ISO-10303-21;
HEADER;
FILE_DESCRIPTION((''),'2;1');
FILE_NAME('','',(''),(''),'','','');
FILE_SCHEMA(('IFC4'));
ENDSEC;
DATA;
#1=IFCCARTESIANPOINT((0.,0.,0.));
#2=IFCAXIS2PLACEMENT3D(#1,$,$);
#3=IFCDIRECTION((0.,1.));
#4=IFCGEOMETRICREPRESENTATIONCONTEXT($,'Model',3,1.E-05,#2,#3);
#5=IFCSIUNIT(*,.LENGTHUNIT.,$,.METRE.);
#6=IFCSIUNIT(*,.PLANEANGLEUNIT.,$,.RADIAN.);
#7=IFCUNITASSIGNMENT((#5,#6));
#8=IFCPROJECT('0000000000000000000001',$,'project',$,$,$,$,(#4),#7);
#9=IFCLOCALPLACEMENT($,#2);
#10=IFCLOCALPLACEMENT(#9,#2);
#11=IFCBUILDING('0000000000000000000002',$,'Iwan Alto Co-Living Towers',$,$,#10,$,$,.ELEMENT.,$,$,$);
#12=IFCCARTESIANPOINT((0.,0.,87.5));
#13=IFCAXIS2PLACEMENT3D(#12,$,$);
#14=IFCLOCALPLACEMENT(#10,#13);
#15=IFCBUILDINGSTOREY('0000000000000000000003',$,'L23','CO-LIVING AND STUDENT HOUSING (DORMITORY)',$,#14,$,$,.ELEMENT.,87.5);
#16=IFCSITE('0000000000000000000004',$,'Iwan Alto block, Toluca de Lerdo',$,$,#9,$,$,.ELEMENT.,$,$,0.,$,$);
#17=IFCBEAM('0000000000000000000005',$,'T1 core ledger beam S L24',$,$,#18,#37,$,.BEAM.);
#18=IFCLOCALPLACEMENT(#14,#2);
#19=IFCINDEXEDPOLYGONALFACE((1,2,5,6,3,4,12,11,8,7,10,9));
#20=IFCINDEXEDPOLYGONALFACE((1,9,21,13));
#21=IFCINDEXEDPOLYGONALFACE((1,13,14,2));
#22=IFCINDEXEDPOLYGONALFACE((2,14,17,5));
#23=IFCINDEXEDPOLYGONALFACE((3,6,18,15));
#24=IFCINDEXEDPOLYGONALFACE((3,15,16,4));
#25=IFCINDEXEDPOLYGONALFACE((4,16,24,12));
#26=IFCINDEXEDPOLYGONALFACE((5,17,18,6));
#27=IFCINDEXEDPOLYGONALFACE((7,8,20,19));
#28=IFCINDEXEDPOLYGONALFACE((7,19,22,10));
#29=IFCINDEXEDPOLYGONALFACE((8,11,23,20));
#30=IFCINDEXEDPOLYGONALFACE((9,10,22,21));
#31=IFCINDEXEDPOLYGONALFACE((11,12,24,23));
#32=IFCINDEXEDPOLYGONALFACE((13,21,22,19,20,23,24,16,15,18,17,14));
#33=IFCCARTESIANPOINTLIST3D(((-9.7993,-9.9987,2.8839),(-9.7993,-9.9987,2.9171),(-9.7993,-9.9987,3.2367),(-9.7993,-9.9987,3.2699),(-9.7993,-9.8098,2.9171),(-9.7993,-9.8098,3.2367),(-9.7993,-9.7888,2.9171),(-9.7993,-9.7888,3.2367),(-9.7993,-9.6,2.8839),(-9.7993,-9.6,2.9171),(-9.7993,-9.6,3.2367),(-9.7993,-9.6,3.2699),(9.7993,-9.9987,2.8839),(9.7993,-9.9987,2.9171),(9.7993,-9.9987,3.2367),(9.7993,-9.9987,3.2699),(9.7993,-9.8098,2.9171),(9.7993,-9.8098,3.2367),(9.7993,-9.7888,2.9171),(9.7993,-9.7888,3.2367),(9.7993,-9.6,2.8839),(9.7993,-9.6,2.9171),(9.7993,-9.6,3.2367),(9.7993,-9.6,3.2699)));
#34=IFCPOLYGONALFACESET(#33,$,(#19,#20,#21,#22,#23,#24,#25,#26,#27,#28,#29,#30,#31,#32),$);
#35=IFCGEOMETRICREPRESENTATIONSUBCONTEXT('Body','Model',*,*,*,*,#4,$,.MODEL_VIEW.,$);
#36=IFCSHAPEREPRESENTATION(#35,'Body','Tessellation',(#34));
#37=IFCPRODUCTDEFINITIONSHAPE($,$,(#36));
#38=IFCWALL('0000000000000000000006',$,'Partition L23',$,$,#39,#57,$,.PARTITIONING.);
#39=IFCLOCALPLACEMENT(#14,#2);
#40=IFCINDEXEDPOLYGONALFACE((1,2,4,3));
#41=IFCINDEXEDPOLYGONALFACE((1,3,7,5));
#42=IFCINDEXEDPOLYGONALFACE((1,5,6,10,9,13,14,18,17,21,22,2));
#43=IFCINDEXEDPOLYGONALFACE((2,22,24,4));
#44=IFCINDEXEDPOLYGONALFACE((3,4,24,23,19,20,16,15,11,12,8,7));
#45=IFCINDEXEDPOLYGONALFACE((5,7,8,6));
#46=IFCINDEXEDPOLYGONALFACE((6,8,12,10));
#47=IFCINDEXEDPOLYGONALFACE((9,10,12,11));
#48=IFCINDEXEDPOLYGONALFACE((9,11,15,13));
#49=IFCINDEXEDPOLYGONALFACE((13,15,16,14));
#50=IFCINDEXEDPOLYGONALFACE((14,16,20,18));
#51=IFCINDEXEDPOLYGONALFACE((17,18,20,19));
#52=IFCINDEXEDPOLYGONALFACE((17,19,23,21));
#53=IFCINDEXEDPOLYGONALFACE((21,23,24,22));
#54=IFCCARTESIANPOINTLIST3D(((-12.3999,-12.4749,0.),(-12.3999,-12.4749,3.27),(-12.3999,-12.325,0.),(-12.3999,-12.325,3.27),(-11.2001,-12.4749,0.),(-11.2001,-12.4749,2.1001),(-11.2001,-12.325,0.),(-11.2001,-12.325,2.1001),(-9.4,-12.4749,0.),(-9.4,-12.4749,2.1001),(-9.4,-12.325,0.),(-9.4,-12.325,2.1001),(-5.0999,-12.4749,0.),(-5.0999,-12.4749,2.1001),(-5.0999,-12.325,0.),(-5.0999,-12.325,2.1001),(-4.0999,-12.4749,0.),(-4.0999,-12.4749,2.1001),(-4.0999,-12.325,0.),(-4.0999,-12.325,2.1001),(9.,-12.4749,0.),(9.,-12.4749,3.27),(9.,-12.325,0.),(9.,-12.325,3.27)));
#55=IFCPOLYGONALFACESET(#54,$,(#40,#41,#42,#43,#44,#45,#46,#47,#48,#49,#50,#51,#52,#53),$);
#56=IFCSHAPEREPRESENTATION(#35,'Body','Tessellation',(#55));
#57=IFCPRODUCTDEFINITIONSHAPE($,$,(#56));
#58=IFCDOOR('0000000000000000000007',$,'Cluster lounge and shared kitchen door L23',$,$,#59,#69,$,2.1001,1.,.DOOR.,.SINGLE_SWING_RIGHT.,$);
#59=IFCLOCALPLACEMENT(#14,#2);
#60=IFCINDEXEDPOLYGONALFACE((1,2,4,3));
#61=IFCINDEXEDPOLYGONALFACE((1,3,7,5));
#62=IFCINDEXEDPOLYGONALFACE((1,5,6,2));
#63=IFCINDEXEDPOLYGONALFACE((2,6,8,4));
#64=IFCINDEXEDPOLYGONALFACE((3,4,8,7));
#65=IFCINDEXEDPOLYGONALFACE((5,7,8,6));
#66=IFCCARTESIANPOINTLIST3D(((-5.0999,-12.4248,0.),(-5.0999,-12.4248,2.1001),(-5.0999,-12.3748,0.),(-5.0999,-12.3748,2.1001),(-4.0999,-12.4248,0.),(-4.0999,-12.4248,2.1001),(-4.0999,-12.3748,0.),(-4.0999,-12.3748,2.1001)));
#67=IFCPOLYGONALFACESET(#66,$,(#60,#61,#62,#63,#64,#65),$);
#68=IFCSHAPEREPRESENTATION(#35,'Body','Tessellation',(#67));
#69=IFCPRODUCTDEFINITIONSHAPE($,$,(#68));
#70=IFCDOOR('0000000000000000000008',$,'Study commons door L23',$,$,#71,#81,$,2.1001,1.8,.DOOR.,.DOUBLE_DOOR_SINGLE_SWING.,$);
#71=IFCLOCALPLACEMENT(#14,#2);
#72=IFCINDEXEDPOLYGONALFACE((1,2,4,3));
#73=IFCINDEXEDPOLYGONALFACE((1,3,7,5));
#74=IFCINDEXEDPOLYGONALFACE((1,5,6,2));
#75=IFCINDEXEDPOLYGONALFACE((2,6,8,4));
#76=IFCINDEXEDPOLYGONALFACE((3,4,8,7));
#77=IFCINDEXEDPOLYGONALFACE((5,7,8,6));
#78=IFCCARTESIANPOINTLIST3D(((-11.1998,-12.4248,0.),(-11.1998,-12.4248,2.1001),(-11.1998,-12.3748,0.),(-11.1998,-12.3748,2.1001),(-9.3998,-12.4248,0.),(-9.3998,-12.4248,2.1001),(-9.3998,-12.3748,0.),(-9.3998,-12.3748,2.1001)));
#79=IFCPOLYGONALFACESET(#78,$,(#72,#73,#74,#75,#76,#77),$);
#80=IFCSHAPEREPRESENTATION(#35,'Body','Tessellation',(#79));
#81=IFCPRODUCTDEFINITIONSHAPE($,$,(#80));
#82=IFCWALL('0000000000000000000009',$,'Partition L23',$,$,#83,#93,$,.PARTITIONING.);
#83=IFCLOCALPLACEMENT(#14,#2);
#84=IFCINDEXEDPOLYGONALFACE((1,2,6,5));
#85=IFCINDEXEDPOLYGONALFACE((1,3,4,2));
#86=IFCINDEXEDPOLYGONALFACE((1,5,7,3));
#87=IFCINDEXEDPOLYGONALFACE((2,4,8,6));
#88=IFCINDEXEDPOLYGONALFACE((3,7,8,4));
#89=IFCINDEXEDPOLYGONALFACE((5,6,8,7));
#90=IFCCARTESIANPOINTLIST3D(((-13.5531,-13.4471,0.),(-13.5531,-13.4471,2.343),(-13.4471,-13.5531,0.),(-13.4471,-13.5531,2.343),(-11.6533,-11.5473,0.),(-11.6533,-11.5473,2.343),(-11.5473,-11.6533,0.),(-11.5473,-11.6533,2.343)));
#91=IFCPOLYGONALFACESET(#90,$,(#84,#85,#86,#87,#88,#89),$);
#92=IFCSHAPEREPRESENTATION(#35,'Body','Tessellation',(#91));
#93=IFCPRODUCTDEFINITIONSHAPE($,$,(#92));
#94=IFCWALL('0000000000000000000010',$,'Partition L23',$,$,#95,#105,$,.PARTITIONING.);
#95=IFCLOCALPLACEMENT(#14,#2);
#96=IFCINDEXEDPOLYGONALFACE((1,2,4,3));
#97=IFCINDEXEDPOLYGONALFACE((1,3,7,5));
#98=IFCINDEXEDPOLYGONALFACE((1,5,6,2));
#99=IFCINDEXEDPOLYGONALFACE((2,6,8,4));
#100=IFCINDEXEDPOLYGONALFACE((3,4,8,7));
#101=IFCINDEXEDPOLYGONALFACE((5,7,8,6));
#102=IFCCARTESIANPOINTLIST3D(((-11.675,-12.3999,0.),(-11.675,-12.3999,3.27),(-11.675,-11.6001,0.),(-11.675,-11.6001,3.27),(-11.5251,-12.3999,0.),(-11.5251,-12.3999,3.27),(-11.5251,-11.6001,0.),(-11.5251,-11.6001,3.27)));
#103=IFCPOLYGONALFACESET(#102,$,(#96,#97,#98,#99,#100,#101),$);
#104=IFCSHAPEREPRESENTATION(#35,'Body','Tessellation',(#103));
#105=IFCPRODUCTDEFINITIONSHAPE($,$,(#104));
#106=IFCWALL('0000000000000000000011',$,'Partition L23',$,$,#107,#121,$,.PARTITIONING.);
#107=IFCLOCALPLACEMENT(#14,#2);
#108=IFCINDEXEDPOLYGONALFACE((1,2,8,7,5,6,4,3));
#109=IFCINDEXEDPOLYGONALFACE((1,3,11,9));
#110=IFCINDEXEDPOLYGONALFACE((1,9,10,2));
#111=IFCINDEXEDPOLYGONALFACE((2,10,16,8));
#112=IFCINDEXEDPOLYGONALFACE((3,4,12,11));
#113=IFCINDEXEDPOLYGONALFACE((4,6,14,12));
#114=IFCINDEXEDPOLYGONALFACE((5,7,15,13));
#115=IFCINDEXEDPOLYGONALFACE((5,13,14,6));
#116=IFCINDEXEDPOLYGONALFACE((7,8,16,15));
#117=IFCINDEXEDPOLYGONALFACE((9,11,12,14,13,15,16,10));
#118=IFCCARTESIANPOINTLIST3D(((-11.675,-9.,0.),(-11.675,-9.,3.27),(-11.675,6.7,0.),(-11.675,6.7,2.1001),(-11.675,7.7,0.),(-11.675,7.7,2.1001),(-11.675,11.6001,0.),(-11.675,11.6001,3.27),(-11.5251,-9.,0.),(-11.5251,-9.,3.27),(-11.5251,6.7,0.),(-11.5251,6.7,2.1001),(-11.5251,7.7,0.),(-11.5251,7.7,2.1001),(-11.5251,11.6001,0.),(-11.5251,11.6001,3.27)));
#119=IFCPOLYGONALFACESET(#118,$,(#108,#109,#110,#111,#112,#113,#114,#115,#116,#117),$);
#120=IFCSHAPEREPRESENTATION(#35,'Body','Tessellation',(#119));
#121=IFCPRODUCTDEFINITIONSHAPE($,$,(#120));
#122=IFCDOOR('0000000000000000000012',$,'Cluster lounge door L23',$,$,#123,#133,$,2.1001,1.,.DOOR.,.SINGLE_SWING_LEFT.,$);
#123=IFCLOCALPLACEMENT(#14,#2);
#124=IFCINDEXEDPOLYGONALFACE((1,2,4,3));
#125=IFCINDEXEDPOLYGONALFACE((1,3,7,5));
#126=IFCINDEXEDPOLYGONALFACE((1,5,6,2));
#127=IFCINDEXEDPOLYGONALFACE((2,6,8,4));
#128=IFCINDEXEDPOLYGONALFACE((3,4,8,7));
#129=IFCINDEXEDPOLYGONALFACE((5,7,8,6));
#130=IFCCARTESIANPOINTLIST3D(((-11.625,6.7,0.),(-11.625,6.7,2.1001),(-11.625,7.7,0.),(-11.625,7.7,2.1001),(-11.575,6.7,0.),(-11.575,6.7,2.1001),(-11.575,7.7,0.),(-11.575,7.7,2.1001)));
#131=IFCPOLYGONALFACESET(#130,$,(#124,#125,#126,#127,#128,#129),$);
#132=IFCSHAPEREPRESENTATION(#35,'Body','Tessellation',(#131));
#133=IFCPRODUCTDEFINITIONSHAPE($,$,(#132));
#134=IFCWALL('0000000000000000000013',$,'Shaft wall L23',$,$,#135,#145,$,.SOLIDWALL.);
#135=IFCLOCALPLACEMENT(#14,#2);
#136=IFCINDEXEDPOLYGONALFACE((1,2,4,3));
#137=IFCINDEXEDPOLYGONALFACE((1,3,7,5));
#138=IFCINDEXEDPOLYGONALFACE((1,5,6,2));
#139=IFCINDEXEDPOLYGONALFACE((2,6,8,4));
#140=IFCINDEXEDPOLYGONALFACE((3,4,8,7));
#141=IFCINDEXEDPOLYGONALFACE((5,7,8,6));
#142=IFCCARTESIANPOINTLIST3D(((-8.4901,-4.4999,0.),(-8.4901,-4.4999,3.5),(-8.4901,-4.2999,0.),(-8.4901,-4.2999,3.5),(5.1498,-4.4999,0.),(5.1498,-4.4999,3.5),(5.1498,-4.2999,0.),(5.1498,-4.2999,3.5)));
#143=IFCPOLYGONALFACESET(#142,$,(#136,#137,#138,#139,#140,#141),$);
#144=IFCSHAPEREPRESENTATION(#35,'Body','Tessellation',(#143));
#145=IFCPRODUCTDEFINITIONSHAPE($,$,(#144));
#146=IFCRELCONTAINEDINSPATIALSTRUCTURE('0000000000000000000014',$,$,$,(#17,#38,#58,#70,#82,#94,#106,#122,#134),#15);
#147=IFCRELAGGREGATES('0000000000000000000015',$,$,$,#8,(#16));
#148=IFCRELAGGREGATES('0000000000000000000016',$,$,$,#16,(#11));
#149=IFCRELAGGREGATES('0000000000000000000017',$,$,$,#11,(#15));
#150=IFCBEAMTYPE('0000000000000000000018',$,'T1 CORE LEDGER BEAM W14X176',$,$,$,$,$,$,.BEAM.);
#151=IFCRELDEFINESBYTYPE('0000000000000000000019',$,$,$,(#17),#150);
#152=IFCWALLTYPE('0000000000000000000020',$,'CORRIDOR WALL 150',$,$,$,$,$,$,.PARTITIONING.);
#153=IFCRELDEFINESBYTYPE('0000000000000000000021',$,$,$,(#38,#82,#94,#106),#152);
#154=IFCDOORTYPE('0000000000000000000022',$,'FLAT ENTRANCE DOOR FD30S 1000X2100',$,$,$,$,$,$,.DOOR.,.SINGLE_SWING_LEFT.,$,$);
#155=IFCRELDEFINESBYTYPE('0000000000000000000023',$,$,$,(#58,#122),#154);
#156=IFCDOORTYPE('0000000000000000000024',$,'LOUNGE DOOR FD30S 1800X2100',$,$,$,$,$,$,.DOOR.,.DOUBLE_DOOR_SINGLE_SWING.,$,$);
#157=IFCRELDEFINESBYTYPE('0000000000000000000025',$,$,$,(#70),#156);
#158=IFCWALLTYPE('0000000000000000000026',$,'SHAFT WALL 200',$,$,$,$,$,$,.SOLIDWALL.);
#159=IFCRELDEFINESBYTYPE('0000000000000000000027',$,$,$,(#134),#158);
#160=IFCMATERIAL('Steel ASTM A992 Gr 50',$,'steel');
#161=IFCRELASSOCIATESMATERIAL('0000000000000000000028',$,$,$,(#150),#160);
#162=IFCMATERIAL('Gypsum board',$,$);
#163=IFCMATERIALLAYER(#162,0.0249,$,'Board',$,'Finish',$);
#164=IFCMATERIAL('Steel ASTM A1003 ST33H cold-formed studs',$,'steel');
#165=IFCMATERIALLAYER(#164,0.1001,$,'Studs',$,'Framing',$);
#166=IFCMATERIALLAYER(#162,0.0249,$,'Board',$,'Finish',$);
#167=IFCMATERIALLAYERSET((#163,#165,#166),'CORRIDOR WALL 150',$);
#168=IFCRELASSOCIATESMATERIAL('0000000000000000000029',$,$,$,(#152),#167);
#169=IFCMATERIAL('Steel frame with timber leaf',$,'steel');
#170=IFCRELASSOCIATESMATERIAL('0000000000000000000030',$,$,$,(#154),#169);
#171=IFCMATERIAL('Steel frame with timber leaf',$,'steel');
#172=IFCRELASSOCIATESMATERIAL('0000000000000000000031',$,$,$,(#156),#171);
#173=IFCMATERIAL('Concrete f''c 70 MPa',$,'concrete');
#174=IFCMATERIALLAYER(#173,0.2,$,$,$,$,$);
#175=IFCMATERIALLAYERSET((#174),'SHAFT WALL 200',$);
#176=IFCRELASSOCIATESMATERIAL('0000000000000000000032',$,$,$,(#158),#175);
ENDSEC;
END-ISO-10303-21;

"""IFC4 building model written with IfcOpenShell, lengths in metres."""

from ifc_helpers import new_model, si_unit, direction, frame, frame_2d, origin, origin_2d, place, context, subcontext, project, spatial, rectangle, i_section, extrude, material, layer, layer_set, material_profile, profile_set, type_object, element, fill, save


model = new_model("IFC4")

# Units and contexts
model_context = context("Model", 3, precision=1e-05, world=origin(), true_north=direction((0.0, 1.0)))
body_context = subcontext(model_context, "Body", "Model", "MODEL_VIEW")
ifc_project = project(units=[si_unit("LENGTHUNIT", "METRE"), si_unit("PLANEANGLEUNIT", "RADIAN")], contexts=[model_context])

# Site, building, storey
site_placement = place(None, origin())
site = spatial("IfcSite", under=ifc_project, at=site_placement, Name="Iwan Alto block, Toluca de Lerdo", CompositionType="ELEMENT", RefElevation=0.0)
building_placement = place(site_placement, origin())
building = spatial("IfcBuilding", under=site, at=building_placement, Name="Iwan Alto Co-Living Towers", CompositionType="ELEMENT")
storey_placement = place(building_placement, frame((0.0, 0.0, 87.5)))
storey = spatial("IfcBuildingStorey", under=building, at=storey_placement, Name="L23", Description="CO-LIVING AND STUDENT HOUSING (DORMITORY)", CompositionType="ELEMENT", Elevation=87.5)

# Beam
ifc_material_1 = material(Name="Steel ASTM A992 Gr 50", Category="steel")
ifc_material_profile = material_profile(ifc_material_1, i_section(OverallWidth=0.3987, OverallDepth=0.386, WebThickness=0.021, FlangeThickness=0.0332, at=origin_2d()), Name="W14X176")
ifc_profile_set = profile_set([ifc_material_profile], Name="Steel ASTM A992 Gr 50")
beam_type = type_object("IfcBeamType", Name="T1 CORE LEDGER BEAM W14X176", PredefinedType="BEAM", material=ifc_profile_set)
beam_placement = place(storey_placement, frame((-9.7993, -9.7993, 3.0769), z_axis=(1.0, 0.0, 0.0), x_axis=(0.0, 1.0, 0.0)))
element("IfcBeam", 1, at=beam_placement, inside=storey, type_object=beam_type, Name="T1 core ledger beam S L24", PredefinedType="BEAM", context=body_context, shape_type="SweptSolid", body=[
    extrude(i_section(OverallWidth=0.3987, OverallDepth=0.386, WebThickness=0.021, FlangeThickness=0.0332, at=origin_2d()), origin(), (0.0, 0.0, 1.0), 19.5986),
])

# Wall, openings, doors
ifc_material_2 = material(Name="Gypsum board")
ifc_layer_1 = layer(ifc_material_2, 0.0249, Name="Board", Category="Finish")
ifc_material_3 = material(Name="Steel ASTM A1003 ST33H cold-formed studs", Category="steel")
ifc_layer_2 = layer(ifc_material_3, 0.1001, Name="Studs", Category="Framing")
ifc_layer_3 = layer(ifc_material_2, 0.0249, Name="Board", Category="Finish")
ifc_layer_set_1 = layer_set([ifc_layer_1, ifc_layer_2, ifc_layer_3], Name="CORRIDOR WALL 150")
wall_type_1 = type_object("IfcWallType", Name="CORRIDOR WALL 150", PredefinedType="PARTITIONING", material=ifc_layer_set_1)
wall_1_placement = place(storey_placement, frame((-12.3999, -12.3999, 0.0), z_axis=(0.0, 0.0, 1.0), x_axis=(1.0, 0.0, 0.0)))
wall_1 = element("IfcWall", 2, at=wall_1_placement, inside=storey, type_object=wall_type_1, Name="Partition L23", PredefinedType="PARTITIONING", context=body_context, shape_type="SweptSolid", body=[
    extrude(rectangle(XDim=21.3999, YDim=0.1499, at=frame_2d((10.7, 0.0))), origin(), (0.0, 0.0, 1.0), 3.27),
])
opening_1_placement = place(wall_1_placement, frame((1.2, 0.0, 0.0)))
opening_1 = element("IfcOpeningElement", 3, at=opening_1_placement, cuts=wall_1, PredefinedType="OPENING", context=body_context, shape_type="SweptSolid", body=[
    extrude(rectangle(XDim=1.8, YDim=2.1001, at=frame_2d((0.8999, 1.05))), frame((0.0, 0.085, 0.0), z_axis=(0.0, -1.0, 0.0), x_axis=(1.0, 0.0, 0.0)), (0.0, 0.0, 1.0), 0.1699),
])
opening_2_placement = place(wall_1_placement, frame((7.3, 0.0, 0.0)))
opening_2 = element("IfcOpeningElement", 4, at=opening_2_placement, cuts=wall_1, PredefinedType="OPENING", context=body_context, shape_type="SweptSolid", body=[
    extrude(rectangle(XDim=1.0, YDim=2.1001, at=frame_2d((0.5, 1.05))), frame((0.0, 0.085, 0.0), z_axis=(0.0, -1.0, 0.0), x_axis=(1.0, 0.0, 0.0)), (0.0, 0.0, 1.0), 0.1699),
])
ifc_material_4 = material(Name="Steel frame with timber leaf", Category="steel")
door_type_1 = type_object("IfcDoorType", Name="FLAT ENTRANCE DOOR FD30S 1000X2100", OperationType="SINGLE_SWING_LEFT", PredefinedType="DOOR", material=ifc_material_4)
door_1_placement = place(opening_2_placement, frame((1.0, 0.0, 0.0), z_axis=(0.0, 0.0, 1.0), x_axis=(-1.0, 0.0, 0.0)))
door_1 = element("IfcDoor", 5, at=door_1_placement, inside=storey, type_object=door_type_1, Name="Cluster lounge and shared kitchen door L23", OperationType="SINGLE_SWING_RIGHT", OverallHeight=2.1001, OverallWidth=1.0, PredefinedType="DOOR", context=body_context, shape_type="SweptSolid", body=[
    extrude(rectangle(XDim=1.0, YDim=2.1001, at=frame_2d((0.5, 1.05))), frame((0.0, 0.0249, 0.0), z_axis=(0.0, -1.0, 0.0), x_axis=(1.0, 0.0, 0.0)), (0.0, 0.0, 1.0), 0.05),
])
fill(opening_2, door_1)
ifc_material_5 = material(Name="Steel frame with timber leaf", Category="steel")
door_type_2 = type_object("IfcDoorType", Name="LOUNGE DOOR FD30S 1800X2100", OperationType="DOUBLE_DOOR_SINGLE_SWING", PredefinedType="DOOR", material=ifc_material_5)
door_2_placement = place(opening_1_placement, frame((1.8, 0.0, 0.0), z_axis=(0.0, 0.0, 1.0), x_axis=(-1.0, 0.0, 0.0)))
door_2 = element("IfcDoor", 6, at=door_2_placement, inside=storey, type_object=door_type_2, Name="Study commons door L23", OperationType="DOUBLE_DOOR_SINGLE_SWING", OverallHeight=2.1001, OverallWidth=1.8, PredefinedType="DOOR", context=body_context, shape_type="SweptSolid", body=[
    extrude(rectangle(XDim=1.8, YDim=2.1001, at=frame_2d((0.8999, 1.05))), frame((0.0, 0.0249, 0.0), z_axis=(0.0, -1.0, 0.0), x_axis=(1.0, 0.0, 0.0)), (0.0, 0.0, 1.0), 0.05),
])
fill(opening_1, door_2)

# Walls
wall_2_placement = place(storey_placement, frame((-13.5, -13.5, 0.0), z_axis=(0.0, 0.0, 1.0), x_axis=(0.707107, 0.707107, 0.0)))
element("IfcWall", 7, at=wall_2_placement, inside=storey, type_object=wall_type_1, Name="Partition L23", PredefinedType="PARTITIONING", context=body_context, shape_type="SweptSolid", body=[
    extrude(rectangle(XDim=2.6868, YDim=0.1499, at=frame_2d((1.3433, 0.0))), origin(), (0.0, 0.0, 1.0), 2.343),
])
wall_3_placement = place(storey_placement, frame((-11.6001, -12.3999, 0.0), z_axis=(0.0, 0.0, 1.0), x_axis=(0.0, 1.0, 0.0)))
element("IfcWall", 8, at=wall_3_placement, inside=storey, type_object=wall_type_1, Name="Partition L23", PredefinedType="PARTITIONING", context=body_context, shape_type="SweptSolid", body=[
    extrude(rectangle(XDim=0.7998, YDim=0.1499, at=frame_2d((0.3999, 0.0))), origin(), (0.0, 0.0, 1.0), 3.27),
])

# Wall, opening, door
wall_4_placement = place(storey_placement, frame((-11.6001, -9.0, 0.0), z_axis=(0.0, 0.0, 1.0), x_axis=(0.0, 1.0, 0.0)))
wall_4 = element("IfcWall", 9, at=wall_4_placement, inside=storey, type_object=wall_type_1, Name="Partition L23", PredefinedType="PARTITIONING", context=body_context, shape_type="SweptSolid", body=[
    extrude(rectangle(XDim=20.6001, YDim=0.1499, at=frame_2d((10.3, 0.0))), origin(), (0.0, 0.0, 1.0), 3.27),
])
opening_3_placement = place(wall_4_placement, frame((15.7, 0.0, 0.0)))
opening_3 = element("IfcOpeningElement", 10, at=opening_3_placement, cuts=wall_4, PredefinedType="OPENING", context=body_context, shape_type="SweptSolid", body=[
    extrude(rectangle(XDim=1.0, YDim=2.1001, at=frame_2d((0.5, 1.05))), frame((0.0, 0.085, 0.0), z_axis=(0.0, -1.0, 0.0), x_axis=(1.0, 0.0, 0.0)), (0.0, 0.0, 1.0), 0.1699),
])
door_3_placement = place(opening_3_placement, origin())
door_3 = element("IfcDoor", 11, at=door_3_placement, inside=storey, type_object=door_type_1, Name="Cluster lounge door L23", OperationType="SINGLE_SWING_LEFT", OverallHeight=2.1001, OverallWidth=1.0, PredefinedType="DOOR", context=body_context, shape_type="SweptSolid", body=[
    extrude(rectangle(XDim=1.0, YDim=2.1001, at=frame_2d((0.5, 1.05))), frame((0.0, 0.0249, 0.0), z_axis=(0.0, -1.0, 0.0), x_axis=(1.0, 0.0, 0.0)), (0.0, 0.0, 1.0), 0.05),
])
fill(opening_3, door_3)

# Wall
ifc_material_6 = material(Name="Concrete f'c 70 MPa", Category="concrete")
ifc_layer_4 = layer(ifc_material_6, 0.2)
ifc_layer_set_2 = layer_set([ifc_layer_4], Name="SHAFT WALL 200")
wall_type_2 = type_object("IfcWallType", Name="SHAFT WALL 200", PredefinedType="SOLIDWALL", material=ifc_layer_set_2)
wall_5_placement = place(storey_placement, frame((-8.49, -4.3999, 0.0), z_axis=(0.0, 0.0, 1.0), x_axis=(1.0, 0.0, 0.0)))
element("IfcWall", 12, at=wall_5_placement, inside=storey, type_object=wall_type_2, Name="Shaft wall L23", PredefinedType="SOLIDWALL", context=body_context, shape_type="SweptSolid", body=[
    extrude(rectangle(XDim=13.6399, YDim=0.2, at=frame_2d((6.8198, 0.0))), origin(), (0.0, 0.0, 1.0), 3.5),
])

save(model, "model.ifc")
